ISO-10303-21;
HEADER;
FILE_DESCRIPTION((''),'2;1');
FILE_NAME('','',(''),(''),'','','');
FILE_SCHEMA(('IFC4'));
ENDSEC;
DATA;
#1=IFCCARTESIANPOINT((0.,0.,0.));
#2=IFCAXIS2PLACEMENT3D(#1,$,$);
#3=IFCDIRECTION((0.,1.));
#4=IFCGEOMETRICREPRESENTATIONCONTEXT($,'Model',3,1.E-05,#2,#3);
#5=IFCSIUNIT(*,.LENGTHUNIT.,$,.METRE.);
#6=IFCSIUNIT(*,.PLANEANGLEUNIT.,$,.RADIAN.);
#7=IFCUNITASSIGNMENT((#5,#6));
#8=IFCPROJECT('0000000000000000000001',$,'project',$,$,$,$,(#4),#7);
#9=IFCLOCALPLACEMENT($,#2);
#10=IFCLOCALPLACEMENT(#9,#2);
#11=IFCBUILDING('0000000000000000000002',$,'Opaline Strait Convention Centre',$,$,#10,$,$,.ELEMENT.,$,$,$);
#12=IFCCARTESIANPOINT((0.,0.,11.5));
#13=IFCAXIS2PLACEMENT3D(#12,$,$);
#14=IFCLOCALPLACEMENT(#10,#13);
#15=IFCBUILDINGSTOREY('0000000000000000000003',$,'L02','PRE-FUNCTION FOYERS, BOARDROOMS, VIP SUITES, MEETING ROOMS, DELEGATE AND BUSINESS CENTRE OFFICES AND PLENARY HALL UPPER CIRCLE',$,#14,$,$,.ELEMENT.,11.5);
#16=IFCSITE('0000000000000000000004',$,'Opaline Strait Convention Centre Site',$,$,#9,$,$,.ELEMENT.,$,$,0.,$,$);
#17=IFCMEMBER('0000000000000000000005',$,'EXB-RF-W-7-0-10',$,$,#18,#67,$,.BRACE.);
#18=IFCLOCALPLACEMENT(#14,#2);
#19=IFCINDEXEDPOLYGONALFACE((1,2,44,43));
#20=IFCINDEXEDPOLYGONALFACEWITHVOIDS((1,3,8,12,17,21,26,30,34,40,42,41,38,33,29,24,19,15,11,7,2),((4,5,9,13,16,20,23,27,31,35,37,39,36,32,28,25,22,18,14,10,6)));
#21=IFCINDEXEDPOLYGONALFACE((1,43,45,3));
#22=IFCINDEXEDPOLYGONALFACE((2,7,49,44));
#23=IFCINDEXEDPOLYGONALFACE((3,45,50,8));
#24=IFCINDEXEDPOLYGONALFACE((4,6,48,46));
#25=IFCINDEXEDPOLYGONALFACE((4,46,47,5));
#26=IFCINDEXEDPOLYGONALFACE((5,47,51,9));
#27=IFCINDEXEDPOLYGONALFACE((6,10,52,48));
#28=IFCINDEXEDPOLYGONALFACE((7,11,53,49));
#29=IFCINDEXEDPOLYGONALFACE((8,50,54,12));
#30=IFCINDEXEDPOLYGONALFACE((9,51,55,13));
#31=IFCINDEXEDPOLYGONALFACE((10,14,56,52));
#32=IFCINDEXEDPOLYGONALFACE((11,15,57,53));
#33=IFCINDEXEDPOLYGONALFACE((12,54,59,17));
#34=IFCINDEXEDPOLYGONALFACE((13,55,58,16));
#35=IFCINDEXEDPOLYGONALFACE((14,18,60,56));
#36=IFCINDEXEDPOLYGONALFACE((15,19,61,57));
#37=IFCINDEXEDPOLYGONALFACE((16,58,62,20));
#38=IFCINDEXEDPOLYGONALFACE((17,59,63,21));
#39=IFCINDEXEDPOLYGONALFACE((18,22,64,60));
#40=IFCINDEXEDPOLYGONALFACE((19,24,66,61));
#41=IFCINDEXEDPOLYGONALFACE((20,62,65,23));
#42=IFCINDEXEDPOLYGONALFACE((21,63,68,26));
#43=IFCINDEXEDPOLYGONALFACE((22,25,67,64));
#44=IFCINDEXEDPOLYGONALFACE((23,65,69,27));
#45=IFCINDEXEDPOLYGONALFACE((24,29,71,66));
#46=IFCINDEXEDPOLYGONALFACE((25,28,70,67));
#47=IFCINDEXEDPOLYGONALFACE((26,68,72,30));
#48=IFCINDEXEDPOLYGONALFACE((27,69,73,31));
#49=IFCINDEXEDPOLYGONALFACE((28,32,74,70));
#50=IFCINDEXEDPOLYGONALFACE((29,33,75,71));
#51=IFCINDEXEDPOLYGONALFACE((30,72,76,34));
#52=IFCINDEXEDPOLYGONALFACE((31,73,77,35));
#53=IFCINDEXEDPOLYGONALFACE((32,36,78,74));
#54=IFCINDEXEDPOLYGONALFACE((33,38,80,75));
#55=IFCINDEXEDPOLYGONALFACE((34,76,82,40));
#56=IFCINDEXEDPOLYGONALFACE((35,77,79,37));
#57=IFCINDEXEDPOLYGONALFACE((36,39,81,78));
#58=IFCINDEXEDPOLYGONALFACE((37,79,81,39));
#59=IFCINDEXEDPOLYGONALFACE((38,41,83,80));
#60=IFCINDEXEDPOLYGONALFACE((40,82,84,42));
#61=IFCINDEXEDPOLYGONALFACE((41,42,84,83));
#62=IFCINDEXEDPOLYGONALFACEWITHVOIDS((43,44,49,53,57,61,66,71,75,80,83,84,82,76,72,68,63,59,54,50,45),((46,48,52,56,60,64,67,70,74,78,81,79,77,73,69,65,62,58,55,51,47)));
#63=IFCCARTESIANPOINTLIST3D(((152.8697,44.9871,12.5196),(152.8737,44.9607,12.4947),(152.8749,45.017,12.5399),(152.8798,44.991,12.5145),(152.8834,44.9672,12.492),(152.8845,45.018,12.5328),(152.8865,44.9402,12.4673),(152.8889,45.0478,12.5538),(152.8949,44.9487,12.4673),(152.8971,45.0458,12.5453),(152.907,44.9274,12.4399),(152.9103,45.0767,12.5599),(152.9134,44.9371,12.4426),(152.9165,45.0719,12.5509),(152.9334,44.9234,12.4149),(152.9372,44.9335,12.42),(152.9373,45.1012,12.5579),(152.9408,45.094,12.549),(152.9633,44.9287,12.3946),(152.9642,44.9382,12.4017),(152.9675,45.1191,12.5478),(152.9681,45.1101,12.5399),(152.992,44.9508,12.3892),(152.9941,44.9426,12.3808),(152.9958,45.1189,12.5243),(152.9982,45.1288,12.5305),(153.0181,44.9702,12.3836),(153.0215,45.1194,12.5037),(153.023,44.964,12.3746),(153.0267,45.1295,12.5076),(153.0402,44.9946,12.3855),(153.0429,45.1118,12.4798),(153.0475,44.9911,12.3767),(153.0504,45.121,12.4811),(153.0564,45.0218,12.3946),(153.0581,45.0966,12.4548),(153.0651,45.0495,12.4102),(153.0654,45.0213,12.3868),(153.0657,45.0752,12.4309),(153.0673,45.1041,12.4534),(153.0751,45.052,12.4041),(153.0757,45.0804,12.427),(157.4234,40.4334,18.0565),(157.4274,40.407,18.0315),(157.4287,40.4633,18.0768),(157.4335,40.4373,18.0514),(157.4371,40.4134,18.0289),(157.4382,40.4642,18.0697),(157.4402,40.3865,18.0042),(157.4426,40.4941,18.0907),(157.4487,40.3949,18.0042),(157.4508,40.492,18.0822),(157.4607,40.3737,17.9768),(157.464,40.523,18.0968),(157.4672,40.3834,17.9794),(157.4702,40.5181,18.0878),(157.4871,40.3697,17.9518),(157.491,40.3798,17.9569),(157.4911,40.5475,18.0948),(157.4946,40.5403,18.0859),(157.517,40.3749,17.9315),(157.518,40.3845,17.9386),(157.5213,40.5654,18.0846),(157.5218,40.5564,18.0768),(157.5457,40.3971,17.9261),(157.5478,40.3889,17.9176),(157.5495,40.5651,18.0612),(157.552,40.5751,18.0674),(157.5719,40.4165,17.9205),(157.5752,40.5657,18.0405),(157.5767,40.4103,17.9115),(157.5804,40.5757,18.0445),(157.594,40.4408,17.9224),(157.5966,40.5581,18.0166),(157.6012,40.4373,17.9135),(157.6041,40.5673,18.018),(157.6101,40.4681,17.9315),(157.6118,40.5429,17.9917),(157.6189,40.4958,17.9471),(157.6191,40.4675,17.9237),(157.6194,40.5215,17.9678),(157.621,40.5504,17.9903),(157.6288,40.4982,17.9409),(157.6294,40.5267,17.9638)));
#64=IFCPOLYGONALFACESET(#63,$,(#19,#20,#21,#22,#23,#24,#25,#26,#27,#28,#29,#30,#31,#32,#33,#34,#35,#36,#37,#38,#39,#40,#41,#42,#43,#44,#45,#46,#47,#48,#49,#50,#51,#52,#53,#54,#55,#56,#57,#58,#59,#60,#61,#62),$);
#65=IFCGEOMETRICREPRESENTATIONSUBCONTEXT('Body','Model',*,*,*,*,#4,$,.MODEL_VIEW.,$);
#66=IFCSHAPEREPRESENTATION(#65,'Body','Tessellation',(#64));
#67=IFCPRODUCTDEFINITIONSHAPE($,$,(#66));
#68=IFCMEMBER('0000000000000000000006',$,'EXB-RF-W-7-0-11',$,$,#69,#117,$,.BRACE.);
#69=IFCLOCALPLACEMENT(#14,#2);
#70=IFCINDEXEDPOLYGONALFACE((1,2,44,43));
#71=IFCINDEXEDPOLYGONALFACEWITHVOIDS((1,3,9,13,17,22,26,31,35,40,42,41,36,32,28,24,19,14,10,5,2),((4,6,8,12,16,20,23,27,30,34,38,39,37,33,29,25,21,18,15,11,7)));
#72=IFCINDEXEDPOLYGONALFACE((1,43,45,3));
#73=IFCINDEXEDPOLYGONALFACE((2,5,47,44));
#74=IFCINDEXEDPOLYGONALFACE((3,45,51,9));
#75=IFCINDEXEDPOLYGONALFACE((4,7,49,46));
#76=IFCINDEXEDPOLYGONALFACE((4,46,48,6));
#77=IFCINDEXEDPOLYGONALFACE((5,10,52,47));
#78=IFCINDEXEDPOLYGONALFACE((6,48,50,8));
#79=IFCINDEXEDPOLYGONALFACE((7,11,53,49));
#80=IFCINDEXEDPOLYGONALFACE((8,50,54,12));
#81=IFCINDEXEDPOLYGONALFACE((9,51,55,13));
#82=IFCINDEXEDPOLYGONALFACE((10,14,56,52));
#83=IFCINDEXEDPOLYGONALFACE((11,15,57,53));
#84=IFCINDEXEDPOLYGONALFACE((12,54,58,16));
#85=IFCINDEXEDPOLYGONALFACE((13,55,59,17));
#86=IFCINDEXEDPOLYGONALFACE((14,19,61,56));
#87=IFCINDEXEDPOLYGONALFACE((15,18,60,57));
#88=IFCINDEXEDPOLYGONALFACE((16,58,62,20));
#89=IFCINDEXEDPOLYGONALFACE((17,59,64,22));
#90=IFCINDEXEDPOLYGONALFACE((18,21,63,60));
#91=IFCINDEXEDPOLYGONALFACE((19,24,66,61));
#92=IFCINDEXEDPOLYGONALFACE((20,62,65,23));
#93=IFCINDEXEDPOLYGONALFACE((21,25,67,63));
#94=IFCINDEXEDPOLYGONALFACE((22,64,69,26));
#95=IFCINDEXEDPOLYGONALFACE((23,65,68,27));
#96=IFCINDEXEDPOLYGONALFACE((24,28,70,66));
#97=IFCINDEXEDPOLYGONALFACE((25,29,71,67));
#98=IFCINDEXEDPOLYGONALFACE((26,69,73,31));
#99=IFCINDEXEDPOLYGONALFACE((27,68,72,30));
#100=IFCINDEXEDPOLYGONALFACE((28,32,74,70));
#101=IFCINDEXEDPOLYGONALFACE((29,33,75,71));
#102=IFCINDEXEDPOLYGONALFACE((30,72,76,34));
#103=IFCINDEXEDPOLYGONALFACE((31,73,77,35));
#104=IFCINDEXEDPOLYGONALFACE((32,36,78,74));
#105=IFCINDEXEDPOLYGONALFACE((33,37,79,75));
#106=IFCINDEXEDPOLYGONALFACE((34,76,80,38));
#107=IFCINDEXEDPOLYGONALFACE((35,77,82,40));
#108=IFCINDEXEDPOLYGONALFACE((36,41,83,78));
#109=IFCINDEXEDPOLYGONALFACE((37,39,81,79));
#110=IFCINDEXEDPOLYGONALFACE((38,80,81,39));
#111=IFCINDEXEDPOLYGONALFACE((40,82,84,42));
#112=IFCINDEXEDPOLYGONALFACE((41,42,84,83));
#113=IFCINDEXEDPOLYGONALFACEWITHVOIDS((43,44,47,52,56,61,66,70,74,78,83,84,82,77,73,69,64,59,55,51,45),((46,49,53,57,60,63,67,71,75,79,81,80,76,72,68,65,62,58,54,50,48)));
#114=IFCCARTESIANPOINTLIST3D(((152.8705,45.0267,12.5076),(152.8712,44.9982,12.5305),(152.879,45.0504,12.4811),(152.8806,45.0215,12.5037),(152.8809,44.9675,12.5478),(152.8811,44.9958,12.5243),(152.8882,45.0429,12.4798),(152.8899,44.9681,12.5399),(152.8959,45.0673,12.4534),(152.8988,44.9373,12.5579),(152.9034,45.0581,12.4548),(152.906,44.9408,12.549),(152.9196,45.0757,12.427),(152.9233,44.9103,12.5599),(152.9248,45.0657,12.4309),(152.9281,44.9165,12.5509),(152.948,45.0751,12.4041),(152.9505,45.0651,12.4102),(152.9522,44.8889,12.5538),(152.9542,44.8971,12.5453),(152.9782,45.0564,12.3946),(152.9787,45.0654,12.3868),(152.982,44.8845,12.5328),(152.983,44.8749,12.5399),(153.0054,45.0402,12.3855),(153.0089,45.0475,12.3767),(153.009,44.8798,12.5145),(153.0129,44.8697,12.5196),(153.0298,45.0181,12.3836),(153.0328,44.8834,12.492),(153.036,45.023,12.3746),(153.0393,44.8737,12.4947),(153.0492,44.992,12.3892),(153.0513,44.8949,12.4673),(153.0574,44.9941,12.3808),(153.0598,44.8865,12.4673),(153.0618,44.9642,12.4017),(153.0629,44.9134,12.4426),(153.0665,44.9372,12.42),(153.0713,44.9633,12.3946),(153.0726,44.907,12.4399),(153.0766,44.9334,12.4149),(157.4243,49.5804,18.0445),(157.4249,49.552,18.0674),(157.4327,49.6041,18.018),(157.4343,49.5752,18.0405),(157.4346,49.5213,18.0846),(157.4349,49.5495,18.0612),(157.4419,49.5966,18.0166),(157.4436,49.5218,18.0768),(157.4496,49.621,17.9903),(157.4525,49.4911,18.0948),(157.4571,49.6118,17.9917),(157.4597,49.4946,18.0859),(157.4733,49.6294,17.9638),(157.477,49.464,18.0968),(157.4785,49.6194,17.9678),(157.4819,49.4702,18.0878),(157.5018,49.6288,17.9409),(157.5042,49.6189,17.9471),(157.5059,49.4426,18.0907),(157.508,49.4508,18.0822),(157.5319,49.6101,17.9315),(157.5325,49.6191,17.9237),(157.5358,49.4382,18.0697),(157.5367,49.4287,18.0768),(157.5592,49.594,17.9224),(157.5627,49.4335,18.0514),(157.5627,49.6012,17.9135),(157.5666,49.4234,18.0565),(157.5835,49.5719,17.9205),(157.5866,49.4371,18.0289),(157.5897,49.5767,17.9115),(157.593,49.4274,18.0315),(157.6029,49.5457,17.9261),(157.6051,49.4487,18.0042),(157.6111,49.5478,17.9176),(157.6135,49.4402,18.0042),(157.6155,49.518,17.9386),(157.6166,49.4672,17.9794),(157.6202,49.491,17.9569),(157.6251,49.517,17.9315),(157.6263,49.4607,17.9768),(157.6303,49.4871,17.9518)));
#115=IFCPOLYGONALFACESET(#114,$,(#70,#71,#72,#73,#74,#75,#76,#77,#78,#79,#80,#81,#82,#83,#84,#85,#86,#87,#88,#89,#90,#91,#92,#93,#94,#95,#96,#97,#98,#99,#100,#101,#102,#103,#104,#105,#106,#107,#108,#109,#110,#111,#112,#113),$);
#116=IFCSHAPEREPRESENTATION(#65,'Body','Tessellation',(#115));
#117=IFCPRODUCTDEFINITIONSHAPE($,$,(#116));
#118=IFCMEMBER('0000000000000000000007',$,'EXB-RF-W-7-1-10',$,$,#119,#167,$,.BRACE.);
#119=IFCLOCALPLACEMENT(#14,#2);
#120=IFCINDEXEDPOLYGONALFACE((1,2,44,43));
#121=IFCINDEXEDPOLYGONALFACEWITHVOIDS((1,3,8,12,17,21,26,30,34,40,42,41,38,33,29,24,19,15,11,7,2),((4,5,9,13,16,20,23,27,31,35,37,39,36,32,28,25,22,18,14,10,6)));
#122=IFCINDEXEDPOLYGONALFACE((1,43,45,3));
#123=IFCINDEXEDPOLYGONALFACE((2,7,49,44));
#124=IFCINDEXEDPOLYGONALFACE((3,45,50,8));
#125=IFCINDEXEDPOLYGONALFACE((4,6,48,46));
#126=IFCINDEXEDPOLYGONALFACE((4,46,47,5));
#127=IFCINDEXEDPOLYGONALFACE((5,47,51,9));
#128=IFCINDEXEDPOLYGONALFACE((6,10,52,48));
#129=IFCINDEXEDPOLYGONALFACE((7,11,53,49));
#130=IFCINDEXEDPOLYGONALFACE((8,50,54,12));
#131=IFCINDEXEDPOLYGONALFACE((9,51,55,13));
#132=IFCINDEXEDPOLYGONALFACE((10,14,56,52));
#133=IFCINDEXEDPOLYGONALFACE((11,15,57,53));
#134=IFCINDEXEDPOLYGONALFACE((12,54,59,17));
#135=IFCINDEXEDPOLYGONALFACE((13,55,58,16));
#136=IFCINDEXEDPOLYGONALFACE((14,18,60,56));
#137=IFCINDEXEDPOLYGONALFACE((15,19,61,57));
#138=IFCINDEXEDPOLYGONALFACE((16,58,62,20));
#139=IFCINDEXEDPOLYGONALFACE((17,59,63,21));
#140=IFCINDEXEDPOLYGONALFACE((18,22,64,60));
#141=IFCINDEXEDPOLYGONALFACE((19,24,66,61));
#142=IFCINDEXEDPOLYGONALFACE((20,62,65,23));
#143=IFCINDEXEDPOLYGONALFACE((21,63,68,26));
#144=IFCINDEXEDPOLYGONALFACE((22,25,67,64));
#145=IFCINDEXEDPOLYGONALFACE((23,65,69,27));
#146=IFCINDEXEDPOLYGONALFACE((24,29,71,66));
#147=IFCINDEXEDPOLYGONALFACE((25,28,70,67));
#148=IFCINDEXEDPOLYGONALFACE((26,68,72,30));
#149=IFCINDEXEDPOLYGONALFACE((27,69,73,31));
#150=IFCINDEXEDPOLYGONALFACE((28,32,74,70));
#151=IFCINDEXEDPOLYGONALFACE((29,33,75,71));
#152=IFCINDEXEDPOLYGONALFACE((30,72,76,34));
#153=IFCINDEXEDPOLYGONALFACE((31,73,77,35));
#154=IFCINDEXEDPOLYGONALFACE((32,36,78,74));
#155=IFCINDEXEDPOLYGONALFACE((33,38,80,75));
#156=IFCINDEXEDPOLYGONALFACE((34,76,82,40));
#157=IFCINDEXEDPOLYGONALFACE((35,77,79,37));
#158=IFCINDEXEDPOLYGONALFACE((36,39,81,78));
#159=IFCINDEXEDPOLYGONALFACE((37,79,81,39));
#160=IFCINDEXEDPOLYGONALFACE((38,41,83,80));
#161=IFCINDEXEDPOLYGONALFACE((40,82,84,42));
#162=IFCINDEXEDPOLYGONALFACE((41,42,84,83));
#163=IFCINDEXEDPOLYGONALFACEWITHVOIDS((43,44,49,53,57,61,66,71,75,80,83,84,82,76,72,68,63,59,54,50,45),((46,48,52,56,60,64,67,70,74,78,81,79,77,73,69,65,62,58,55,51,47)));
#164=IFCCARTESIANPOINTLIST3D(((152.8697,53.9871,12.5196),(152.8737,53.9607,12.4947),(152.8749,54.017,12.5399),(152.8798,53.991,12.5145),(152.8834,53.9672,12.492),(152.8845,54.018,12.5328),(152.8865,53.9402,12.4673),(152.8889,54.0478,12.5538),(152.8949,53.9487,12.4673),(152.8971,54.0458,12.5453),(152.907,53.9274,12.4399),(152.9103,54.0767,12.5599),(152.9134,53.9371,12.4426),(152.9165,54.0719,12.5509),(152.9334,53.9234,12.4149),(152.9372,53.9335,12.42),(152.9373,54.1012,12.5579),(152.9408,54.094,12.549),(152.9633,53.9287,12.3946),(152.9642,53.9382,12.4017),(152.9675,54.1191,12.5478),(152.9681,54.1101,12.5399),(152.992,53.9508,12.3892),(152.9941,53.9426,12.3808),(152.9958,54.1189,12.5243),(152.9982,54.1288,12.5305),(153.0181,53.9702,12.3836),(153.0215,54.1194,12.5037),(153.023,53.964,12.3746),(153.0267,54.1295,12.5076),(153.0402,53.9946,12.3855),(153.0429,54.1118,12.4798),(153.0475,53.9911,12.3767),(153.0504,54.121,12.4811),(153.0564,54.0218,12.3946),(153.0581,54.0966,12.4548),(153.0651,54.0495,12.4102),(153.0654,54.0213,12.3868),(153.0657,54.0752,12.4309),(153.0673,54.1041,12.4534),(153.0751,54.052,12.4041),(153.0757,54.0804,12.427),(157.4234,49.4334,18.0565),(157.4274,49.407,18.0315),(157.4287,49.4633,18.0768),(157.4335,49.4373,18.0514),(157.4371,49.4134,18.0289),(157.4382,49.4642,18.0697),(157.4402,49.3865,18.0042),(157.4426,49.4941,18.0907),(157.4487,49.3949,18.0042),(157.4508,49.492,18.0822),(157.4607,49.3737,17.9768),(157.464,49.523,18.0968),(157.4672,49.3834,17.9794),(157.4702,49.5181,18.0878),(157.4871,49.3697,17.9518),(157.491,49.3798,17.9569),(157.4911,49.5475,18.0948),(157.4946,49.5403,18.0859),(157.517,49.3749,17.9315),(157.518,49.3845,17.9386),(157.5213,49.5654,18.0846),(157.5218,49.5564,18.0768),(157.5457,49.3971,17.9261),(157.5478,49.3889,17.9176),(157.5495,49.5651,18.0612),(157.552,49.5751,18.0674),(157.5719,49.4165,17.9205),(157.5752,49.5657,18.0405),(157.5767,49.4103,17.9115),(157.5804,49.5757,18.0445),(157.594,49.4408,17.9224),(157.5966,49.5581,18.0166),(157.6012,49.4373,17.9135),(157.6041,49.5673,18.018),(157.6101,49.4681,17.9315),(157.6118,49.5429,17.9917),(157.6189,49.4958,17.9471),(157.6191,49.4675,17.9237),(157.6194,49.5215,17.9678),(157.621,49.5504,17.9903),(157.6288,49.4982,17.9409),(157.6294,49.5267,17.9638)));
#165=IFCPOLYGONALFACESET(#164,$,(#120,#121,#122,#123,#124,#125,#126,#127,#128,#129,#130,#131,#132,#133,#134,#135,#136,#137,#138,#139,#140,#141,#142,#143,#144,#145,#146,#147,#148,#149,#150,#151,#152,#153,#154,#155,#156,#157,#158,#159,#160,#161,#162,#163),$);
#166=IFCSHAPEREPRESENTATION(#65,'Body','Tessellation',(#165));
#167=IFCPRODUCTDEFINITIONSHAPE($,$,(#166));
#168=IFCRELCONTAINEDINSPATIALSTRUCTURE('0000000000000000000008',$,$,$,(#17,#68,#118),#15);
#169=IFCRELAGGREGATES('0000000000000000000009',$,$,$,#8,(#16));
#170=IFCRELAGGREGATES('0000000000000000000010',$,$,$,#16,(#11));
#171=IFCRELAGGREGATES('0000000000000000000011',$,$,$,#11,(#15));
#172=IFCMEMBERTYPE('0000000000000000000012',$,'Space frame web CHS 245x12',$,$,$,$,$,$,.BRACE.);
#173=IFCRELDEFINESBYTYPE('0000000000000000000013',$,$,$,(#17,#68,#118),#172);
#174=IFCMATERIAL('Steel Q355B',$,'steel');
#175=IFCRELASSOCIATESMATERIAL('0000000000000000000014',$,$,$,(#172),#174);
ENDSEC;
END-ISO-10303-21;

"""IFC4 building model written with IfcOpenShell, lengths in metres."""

from ifc_helpers import new_model, si_unit, direction, frame, origin, origin_2d, place, context, subcontext, project, spatial, hollow_circle, extrude, material, material_profile, profile_set, type_object, element, save


model = new_model("IFC4")

# Units and contexts
model_context = context("Model", 3, precision=1e-05, world=origin(), true_north=direction((0.0, 1.0)))
body_context = subcontext(model_context, "Body", "Model", "MODEL_VIEW")
ifc_project = project(units=[si_unit("LENGTHUNIT", "METRE"), si_unit("PLANEANGLEUNIT", "RADIAN")], contexts=[model_context])

# Site, building, storey
site_placement = place(None, origin())
site = spatial("IfcSite", under=ifc_project, at=site_placement, Name="Opaline Strait Convention Centre Site", CompositionType="ELEMENT", RefElevation=0.0)
building_placement = place(site_placement, origin())
building = spatial("IfcBuilding", under=site, at=building_placement, Name="Opaline Strait Convention Centre", CompositionType="ELEMENT")
storey_placement = place(building_placement, frame((0.0, 0.0, 11.5)))
storey = spatial("IfcBuildingStorey", under=building, at=storey_placement, Name="L02", Description="PRE-FUNCTION FOYERS, BOARDROOMS, VIP SUITES, MEETING ROOMS, DELEGATE AND BUSINESS CENTRE OFFICES AND PLENARY HALL UPPER CIRCLE", CompositionType="ELEMENT", Elevation=11.5)

# Members
ifc_material_1 = material(Name="Steel Q355B", Category="steel")
ifc_material_profile_1 = material_profile(ifc_material_1, hollow_circle(Radius=0.1226, WallThickness=0.012, at=origin_2d()), Name="CHS 245x12")
ifc_profile_set_1 = profile_set([ifc_material_profile_1], Name="Steel Q355B")
member_type_1 = type_object("IfcMemberType", Name="Space frame web CHS 245x12", PredefinedType="BRACE", material=ifc_profile_set_1)
for number, where, z_axis, x_axis, name in (
    (1, (157.5269, 40.4731, 18.0042), (-0.536178, 0.536178, -0.65194), (-0.707107, -0.707107, 0.0), "EXB-RF-W-7-0-10"),
    (2, (157.5269, 49.5269, 18.0042), (-0.536178, -0.536178, -0.65194), (0.707107, -0.707107, 0.0), "EXB-RF-W-7-0-11"),
    (3, (157.5269, 49.4731, 18.0042), (-0.536178, 0.536178, -0.65194), (-0.707107, -0.707107, 0.0), "EXB-RF-W-7-1-10"),
):
    element("IfcMember", number, at=place(storey_placement, frame(where, z_axis=z_axis, x_axis=x_axis)), inside=storey, type_object=member_type_1, Name=name, PredefinedType="BRACE", context=body_context, shape_type="SweptSolid", body=[
        extrude(hollow_circle(Radius=0.1226, WallThickness=0.012, at=origin_2d()), origin(), (0.0, 0.0, 1.0), 8.4929),
    ])

save(model, "model.ifc")
